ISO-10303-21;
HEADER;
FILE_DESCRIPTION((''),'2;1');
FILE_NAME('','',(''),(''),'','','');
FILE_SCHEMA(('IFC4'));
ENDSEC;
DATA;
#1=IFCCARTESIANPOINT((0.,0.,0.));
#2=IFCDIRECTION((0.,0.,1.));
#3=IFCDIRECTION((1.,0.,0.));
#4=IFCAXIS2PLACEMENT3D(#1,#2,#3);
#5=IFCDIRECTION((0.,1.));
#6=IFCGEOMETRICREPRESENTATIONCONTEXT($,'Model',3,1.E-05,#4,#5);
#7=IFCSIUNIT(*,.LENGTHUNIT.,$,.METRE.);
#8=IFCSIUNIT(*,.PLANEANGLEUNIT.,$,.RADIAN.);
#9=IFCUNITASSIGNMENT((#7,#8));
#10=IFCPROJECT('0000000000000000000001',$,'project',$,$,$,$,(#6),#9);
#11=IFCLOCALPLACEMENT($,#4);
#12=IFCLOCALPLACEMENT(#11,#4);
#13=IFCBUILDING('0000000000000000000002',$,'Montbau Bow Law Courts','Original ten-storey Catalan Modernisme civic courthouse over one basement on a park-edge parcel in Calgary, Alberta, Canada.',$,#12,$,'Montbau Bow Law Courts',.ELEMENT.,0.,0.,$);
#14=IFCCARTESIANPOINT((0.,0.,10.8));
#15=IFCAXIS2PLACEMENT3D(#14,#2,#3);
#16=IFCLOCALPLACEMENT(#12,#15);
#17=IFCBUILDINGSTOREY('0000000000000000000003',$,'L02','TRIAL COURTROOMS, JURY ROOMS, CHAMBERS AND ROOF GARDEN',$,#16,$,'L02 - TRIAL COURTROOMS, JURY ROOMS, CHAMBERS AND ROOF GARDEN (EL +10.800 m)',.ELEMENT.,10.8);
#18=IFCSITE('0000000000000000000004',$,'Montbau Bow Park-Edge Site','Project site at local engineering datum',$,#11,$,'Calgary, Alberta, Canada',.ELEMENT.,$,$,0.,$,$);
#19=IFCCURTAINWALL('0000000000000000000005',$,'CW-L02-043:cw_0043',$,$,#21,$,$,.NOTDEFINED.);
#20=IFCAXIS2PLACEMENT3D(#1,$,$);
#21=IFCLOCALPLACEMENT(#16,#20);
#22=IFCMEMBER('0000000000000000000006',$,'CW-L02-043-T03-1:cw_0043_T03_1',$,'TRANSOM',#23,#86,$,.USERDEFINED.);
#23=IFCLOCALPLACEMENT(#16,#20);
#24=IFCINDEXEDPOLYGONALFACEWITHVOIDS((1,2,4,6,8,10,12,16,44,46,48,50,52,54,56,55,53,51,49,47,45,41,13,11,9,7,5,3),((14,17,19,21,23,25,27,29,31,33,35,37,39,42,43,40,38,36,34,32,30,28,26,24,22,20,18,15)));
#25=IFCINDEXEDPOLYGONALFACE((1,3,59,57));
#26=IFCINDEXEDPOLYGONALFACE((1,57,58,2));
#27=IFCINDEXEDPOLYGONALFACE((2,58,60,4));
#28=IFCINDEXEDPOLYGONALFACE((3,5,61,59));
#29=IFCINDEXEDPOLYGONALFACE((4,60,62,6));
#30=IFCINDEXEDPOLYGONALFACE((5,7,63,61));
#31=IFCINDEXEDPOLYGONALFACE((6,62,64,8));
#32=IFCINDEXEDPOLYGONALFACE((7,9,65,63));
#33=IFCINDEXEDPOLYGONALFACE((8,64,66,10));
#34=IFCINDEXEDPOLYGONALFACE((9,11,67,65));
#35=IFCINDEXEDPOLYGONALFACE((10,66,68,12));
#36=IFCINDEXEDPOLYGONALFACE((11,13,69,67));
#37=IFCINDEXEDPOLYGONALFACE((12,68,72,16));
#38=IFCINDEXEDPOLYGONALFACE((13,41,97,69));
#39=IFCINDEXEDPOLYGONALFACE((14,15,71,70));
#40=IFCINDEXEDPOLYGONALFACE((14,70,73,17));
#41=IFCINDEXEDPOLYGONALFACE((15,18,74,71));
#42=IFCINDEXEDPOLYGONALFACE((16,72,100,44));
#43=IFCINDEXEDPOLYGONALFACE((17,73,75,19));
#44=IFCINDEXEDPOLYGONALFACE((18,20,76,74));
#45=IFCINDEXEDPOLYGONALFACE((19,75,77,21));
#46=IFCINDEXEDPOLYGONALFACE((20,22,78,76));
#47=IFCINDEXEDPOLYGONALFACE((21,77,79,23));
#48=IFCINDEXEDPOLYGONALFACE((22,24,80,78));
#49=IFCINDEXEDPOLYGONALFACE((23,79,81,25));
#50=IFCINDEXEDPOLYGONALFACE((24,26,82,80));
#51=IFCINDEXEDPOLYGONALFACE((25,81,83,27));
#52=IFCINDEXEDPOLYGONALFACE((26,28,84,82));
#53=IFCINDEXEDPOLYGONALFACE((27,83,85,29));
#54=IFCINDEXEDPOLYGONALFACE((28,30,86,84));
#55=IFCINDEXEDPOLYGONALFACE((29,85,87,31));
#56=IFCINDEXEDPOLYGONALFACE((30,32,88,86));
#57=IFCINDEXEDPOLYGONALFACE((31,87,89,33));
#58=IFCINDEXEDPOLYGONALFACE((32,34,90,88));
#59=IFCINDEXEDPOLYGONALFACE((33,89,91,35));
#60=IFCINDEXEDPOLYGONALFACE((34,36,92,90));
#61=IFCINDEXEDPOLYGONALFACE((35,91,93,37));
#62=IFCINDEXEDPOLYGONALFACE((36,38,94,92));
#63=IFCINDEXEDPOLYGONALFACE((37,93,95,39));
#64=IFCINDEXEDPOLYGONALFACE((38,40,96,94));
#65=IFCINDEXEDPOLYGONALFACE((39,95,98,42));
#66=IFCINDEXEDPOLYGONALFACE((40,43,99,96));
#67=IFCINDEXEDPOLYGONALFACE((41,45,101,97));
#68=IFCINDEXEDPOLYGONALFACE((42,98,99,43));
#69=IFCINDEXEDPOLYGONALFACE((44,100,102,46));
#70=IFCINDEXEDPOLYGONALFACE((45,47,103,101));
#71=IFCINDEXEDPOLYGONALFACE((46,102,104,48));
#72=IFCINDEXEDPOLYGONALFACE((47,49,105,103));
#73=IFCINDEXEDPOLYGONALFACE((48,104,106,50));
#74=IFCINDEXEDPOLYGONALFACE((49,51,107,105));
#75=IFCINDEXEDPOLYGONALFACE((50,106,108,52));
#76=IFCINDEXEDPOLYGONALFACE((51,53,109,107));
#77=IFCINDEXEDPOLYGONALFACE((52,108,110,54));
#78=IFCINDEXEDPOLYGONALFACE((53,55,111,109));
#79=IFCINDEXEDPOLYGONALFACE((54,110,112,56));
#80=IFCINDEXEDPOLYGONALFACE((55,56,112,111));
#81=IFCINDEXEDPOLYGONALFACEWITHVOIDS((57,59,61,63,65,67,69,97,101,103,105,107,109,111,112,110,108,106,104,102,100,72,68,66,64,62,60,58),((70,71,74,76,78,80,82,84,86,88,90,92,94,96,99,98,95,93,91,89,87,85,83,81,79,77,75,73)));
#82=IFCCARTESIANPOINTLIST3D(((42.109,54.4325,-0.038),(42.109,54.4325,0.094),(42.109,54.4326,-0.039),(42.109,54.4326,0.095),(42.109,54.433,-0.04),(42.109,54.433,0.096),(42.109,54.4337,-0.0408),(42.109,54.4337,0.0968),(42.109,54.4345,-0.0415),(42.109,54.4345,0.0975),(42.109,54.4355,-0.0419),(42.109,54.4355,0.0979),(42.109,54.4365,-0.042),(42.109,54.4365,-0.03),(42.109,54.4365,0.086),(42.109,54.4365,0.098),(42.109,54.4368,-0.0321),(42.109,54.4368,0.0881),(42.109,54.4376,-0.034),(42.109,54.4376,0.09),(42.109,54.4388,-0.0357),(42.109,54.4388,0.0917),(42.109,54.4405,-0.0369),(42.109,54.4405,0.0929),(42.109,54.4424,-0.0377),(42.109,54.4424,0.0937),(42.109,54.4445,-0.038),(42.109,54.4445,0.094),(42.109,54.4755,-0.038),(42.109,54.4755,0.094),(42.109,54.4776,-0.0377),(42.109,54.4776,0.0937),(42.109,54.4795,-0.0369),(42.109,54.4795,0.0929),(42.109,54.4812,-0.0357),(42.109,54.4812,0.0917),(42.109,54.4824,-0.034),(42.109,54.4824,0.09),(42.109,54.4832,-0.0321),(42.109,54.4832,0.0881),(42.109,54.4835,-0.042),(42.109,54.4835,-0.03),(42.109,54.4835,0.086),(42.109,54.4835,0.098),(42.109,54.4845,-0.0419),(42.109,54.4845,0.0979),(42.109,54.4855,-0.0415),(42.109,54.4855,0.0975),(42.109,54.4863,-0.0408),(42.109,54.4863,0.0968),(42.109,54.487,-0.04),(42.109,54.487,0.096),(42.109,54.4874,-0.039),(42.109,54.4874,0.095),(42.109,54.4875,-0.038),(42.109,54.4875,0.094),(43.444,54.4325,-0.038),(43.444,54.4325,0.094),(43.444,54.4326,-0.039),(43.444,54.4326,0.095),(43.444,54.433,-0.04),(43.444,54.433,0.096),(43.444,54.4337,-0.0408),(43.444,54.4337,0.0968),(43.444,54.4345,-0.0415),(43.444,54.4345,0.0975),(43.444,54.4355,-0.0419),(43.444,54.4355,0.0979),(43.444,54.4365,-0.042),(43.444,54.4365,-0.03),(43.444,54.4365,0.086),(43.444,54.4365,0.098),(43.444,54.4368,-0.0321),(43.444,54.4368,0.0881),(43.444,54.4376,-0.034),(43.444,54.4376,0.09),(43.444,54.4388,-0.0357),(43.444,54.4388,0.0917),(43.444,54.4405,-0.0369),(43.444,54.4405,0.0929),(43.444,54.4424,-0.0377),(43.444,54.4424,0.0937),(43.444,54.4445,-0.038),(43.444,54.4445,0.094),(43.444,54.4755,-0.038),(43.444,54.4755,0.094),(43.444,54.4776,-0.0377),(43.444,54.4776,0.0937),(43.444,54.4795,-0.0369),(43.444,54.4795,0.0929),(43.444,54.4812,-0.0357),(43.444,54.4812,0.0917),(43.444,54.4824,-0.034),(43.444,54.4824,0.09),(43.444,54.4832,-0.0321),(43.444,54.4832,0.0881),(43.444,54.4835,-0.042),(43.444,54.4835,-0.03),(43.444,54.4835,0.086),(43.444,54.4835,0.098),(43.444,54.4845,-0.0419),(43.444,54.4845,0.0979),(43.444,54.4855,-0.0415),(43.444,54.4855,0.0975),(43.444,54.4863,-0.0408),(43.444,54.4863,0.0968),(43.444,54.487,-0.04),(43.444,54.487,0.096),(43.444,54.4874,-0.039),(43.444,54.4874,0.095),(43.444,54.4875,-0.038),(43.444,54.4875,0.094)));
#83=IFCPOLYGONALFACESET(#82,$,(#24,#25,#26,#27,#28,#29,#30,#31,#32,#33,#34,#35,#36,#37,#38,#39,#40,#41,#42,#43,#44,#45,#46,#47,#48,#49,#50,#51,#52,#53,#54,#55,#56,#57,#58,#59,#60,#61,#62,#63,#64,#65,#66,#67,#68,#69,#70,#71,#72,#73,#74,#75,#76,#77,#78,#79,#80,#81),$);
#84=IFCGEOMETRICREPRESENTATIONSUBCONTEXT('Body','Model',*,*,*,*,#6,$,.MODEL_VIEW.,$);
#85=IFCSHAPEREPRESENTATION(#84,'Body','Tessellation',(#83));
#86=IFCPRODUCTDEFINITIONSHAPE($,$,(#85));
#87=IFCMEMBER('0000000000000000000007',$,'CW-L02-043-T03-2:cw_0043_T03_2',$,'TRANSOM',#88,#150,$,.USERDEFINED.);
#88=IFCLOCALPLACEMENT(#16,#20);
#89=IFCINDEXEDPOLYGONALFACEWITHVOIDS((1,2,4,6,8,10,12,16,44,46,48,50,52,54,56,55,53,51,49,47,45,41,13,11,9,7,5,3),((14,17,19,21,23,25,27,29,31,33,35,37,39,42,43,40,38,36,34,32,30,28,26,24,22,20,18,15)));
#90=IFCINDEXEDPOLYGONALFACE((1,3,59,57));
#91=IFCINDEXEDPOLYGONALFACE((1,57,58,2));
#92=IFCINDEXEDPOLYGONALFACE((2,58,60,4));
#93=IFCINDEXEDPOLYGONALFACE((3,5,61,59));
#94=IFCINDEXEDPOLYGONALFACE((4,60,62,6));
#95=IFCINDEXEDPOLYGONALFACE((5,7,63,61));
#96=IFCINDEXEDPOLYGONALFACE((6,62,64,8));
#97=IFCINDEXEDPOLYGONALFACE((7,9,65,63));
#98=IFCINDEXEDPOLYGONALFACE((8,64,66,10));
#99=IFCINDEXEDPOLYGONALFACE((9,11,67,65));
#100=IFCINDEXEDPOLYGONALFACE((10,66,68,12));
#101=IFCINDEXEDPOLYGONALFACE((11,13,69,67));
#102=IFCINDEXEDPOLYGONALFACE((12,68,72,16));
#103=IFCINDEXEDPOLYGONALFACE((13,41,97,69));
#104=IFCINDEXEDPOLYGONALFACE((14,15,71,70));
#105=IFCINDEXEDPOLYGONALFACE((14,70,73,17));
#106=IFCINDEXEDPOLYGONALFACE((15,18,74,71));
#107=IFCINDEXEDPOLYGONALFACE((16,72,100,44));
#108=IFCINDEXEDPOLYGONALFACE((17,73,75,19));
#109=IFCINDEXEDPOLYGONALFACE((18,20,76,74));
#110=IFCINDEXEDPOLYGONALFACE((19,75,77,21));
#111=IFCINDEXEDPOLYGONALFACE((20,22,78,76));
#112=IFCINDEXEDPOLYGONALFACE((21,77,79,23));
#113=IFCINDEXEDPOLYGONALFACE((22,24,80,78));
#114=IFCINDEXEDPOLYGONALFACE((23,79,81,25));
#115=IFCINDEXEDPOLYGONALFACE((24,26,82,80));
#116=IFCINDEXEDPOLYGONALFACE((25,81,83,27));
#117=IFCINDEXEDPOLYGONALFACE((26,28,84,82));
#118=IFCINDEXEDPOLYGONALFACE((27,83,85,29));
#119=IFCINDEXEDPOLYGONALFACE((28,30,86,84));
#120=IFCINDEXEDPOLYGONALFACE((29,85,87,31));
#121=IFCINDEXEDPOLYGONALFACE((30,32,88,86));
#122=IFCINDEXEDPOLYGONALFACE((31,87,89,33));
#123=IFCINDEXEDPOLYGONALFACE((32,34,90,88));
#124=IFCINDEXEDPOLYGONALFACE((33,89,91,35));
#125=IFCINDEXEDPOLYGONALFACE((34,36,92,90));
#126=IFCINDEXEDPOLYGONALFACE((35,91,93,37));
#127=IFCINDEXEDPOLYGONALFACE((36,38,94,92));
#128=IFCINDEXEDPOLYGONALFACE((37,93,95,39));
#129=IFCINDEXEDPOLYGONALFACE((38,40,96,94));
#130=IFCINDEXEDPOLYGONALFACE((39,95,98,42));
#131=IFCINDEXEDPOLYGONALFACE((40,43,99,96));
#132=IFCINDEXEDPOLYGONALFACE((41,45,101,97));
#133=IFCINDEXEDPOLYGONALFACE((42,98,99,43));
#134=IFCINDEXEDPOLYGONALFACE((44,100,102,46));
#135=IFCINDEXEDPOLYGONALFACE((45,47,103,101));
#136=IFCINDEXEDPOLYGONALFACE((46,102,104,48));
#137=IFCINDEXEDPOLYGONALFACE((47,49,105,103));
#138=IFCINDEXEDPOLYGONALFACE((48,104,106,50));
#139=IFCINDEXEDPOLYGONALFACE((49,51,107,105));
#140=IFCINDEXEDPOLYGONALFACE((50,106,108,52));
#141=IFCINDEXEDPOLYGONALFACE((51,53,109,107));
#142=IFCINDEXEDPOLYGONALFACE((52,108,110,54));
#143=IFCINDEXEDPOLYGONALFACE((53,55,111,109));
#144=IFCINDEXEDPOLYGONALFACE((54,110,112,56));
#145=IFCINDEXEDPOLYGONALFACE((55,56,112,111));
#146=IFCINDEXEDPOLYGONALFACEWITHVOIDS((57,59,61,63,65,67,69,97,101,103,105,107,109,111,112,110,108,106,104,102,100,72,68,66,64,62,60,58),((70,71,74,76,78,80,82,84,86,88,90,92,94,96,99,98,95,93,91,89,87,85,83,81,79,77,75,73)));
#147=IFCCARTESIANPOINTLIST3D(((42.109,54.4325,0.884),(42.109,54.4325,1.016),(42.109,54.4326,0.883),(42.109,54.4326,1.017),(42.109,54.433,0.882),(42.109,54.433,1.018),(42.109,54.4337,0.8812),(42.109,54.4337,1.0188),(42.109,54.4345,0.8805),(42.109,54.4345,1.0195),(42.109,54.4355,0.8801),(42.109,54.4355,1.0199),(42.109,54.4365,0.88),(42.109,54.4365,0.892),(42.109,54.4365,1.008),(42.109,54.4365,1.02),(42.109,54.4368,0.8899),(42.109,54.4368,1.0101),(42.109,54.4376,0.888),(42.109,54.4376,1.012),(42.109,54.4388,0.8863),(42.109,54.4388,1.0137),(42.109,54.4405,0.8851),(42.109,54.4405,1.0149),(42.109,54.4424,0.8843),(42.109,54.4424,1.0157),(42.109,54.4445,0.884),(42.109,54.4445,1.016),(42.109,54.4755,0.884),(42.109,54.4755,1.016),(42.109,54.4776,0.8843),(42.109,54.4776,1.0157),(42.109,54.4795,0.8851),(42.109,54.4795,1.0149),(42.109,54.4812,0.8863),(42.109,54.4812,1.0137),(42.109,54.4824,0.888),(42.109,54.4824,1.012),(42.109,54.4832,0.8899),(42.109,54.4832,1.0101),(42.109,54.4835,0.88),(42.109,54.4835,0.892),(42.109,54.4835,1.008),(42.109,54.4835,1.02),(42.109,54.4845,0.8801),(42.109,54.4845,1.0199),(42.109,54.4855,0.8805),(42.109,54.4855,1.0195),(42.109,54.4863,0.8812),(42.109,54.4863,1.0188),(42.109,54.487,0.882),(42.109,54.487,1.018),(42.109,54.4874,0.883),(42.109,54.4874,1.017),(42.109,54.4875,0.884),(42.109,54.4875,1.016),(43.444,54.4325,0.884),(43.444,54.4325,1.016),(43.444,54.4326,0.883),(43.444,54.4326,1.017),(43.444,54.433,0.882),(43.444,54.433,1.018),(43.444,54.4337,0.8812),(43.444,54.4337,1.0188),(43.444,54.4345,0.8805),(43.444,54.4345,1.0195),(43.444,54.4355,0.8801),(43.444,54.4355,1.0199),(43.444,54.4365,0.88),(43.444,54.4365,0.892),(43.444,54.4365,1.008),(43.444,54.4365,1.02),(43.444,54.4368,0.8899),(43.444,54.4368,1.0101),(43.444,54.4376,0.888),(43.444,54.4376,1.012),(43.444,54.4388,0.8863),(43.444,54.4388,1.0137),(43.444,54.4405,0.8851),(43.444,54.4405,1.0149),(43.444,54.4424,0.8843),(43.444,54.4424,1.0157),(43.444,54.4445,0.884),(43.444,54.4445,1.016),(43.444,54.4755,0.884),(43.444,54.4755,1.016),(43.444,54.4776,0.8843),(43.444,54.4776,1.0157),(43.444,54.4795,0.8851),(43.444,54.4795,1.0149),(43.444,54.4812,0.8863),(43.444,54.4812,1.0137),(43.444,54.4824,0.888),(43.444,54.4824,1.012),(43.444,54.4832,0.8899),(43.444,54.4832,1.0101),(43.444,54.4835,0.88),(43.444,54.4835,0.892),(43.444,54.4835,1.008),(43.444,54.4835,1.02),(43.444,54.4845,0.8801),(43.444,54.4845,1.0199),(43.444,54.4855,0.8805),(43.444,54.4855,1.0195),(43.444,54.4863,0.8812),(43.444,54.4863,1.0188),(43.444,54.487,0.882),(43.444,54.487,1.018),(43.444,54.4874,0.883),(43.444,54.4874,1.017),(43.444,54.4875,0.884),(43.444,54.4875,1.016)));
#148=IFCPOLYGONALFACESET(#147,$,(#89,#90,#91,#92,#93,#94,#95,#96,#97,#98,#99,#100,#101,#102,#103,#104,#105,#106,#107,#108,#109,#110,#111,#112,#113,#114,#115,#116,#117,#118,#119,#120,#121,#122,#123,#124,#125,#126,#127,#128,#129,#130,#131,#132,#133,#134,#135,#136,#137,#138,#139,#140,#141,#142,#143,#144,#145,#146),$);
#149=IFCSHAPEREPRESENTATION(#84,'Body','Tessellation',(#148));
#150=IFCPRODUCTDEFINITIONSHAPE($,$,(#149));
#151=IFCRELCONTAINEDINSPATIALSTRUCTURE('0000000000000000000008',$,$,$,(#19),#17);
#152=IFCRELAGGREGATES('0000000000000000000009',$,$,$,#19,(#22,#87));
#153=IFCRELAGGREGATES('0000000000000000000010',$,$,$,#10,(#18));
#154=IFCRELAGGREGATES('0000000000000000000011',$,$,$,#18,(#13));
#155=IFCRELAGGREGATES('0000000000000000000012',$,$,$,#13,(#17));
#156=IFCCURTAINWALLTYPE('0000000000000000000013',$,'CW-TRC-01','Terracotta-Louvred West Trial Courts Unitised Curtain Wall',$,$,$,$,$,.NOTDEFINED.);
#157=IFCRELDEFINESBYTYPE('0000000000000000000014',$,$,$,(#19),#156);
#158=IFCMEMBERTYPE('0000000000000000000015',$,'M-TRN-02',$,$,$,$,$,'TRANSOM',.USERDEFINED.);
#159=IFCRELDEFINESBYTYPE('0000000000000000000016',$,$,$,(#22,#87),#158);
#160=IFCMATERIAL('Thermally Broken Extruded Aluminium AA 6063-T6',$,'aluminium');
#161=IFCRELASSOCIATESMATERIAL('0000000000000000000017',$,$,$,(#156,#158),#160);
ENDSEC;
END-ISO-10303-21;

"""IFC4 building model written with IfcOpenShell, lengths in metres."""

from ifc_helpers import new_model, si_unit, direction, frame, origin_with_axes, origin_2d_with_axis, place, context, subcontext, project, spatial, hollow_rectangle, extrude, material, material_profile, profile_set, type_object, element, aggregate, save


model = new_model("IFC4")

# Units and contexts
model_context = context("Model", 3, precision=1e-05, world=origin_with_axes(), true_north=direction((0.0, 1.0)))
body_context = subcontext(model_context, "Body", "Model", "MODEL_VIEW")
ifc_project = project(units=[si_unit("LENGTHUNIT", "METRE"), si_unit("PLANEANGLEUNIT", "RADIAN")], contexts=[model_context])

# Site, building, storey
site_placement = place(None, origin_with_axes())
site = spatial("IfcSite", under=ifc_project, at=site_placement, Name="Montbau Bow Park-Edge Site", Description="Project site at local engineering datum", LongName="Calgary, Alberta, Canada", CompositionType="ELEMENT", RefElevation=0.0)
building_placement = place(site_placement, origin_with_axes())
building = spatial("IfcBuilding", under=site, at=building_placement, Name="Montbau Bow Law Courts", Description="Original ten-storey Catalan Modernisme civic courthouse over one basement on a park-edge parcel in Calgary, Alberta, Canada.", LongName="Montbau Bow Law Courts", CompositionType="ELEMENT", ElevationOfRefHeight=0.0, ElevationOfTerrain=0.0)
storey_placement = place(building_placement, frame((0.0, 0.0, 10.8), z_axis=(0.0, 0.0, 1.0), x_axis=(1.0, 0.0, 0.0)))
storey = spatial("IfcBuildingStorey", under=building, at=storey_placement, Name="L02", Description="TRIAL COURTROOMS, JURY ROOMS, CHAMBERS AND ROOF GARDEN", LongName="L02 - TRIAL COURTROOMS, JURY ROOMS, CHAMBERS AND ROOF GARDEN (EL +10.800 m)", CompositionType="ELEMENT", Elevation=10.8)

# Curtain wall, members
ifc_material_1 = material(Name="Thermally Broken Extruded Aluminium AA 6063-T6", Category="aluminium")
curtain_wall_type = type_object("IfcCurtainWallType", Name="CW-TRC-01", Description="Terracotta-Louvred West Trial Courts Unitised Curtain Wall", PredefinedType="NOTDEFINED", material=ifc_material_1)
curtain_wall_placement = place(None, frame((39.268, 54.46, 10.8), z_axis=(0.0, 0.0, 1.0), x_axis=(1.0, 0.0, 0.0)))
curtain_wall = element("IfcCurtainWall", 1, at=curtain_wall_placement, inside=storey, type_object=curtain_wall_type, Name="CW-L02-043:cw_0043", PredefinedType="NOTDEFINED")
ifc_material_profile_1 = material_profile(ifc_material_1, hollow_rectangle(XDim=0.055, YDim=0.14, WallThickness=0.004, InnerFilletRadius=0.008, OuterFilletRadius=0.004, at=origin_2d_with_axis()), Name="CWT-140X55", Category="Main", Priority=0)
ifc_profile_set_1 = profile_set([ifc_material_profile_1], Name="Thermally Broken Extruded Aluminium AA 6063-T6")
member_type_1 = type_object("IfcMemberType", Name="M-TRN-02", ElementType="TRANSOM", PredefinedType="USERDEFINED", material=ifc_profile_set_1)
member_1_placement = place(None, frame((42.109, 54.46, 10.828), z_axis=(1.0, 0.0, 0.0), x_axis=(0.0, 1.0, 0.0)))
member_1 = element("IfcMember", 2, at=member_1_placement, type_object=member_type_1, Name="CW-L02-043-T03-1:cw_0043_T03_1", ObjectType="TRANSOM", PredefinedType="USERDEFINED", context=body_context, shape_type="SweptSolid", body=[
    extrude(hollow_rectangle(XDim=0.055, YDim=0.14, WallThickness=0.004, InnerFilletRadius=0.008, OuterFilletRadius=0.004, at=origin_2d_with_axis()), origin_with_axes(), (0.0, 0.0, 1.0), 1.335),
])
member_2_placement = place(None, frame((42.109, 54.46, 11.75), z_axis=(1.0, 0.0, 0.0), x_axis=(0.0, 1.0, 0.0)))
member_2 = element("IfcMember", 3, at=member_2_placement, type_object=member_type_1, Name="CW-L02-043-T03-2:cw_0043_T03_2", ObjectType="TRANSOM", PredefinedType="USERDEFINED", context=body_context, shape_type="SweptSolid", body=[
    extrude(hollow_rectangle(XDim=0.055, YDim=0.14, WallThickness=0.004, InnerFilletRadius=0.008, OuterFilletRadius=0.004, at=origin_2d_with_axis()), origin_with_axes(), (0.0, 0.0, 1.0), 1.335),
])
aggregate(curtain_wall, [member_1, member_2])

save(model, "model.ifc")
